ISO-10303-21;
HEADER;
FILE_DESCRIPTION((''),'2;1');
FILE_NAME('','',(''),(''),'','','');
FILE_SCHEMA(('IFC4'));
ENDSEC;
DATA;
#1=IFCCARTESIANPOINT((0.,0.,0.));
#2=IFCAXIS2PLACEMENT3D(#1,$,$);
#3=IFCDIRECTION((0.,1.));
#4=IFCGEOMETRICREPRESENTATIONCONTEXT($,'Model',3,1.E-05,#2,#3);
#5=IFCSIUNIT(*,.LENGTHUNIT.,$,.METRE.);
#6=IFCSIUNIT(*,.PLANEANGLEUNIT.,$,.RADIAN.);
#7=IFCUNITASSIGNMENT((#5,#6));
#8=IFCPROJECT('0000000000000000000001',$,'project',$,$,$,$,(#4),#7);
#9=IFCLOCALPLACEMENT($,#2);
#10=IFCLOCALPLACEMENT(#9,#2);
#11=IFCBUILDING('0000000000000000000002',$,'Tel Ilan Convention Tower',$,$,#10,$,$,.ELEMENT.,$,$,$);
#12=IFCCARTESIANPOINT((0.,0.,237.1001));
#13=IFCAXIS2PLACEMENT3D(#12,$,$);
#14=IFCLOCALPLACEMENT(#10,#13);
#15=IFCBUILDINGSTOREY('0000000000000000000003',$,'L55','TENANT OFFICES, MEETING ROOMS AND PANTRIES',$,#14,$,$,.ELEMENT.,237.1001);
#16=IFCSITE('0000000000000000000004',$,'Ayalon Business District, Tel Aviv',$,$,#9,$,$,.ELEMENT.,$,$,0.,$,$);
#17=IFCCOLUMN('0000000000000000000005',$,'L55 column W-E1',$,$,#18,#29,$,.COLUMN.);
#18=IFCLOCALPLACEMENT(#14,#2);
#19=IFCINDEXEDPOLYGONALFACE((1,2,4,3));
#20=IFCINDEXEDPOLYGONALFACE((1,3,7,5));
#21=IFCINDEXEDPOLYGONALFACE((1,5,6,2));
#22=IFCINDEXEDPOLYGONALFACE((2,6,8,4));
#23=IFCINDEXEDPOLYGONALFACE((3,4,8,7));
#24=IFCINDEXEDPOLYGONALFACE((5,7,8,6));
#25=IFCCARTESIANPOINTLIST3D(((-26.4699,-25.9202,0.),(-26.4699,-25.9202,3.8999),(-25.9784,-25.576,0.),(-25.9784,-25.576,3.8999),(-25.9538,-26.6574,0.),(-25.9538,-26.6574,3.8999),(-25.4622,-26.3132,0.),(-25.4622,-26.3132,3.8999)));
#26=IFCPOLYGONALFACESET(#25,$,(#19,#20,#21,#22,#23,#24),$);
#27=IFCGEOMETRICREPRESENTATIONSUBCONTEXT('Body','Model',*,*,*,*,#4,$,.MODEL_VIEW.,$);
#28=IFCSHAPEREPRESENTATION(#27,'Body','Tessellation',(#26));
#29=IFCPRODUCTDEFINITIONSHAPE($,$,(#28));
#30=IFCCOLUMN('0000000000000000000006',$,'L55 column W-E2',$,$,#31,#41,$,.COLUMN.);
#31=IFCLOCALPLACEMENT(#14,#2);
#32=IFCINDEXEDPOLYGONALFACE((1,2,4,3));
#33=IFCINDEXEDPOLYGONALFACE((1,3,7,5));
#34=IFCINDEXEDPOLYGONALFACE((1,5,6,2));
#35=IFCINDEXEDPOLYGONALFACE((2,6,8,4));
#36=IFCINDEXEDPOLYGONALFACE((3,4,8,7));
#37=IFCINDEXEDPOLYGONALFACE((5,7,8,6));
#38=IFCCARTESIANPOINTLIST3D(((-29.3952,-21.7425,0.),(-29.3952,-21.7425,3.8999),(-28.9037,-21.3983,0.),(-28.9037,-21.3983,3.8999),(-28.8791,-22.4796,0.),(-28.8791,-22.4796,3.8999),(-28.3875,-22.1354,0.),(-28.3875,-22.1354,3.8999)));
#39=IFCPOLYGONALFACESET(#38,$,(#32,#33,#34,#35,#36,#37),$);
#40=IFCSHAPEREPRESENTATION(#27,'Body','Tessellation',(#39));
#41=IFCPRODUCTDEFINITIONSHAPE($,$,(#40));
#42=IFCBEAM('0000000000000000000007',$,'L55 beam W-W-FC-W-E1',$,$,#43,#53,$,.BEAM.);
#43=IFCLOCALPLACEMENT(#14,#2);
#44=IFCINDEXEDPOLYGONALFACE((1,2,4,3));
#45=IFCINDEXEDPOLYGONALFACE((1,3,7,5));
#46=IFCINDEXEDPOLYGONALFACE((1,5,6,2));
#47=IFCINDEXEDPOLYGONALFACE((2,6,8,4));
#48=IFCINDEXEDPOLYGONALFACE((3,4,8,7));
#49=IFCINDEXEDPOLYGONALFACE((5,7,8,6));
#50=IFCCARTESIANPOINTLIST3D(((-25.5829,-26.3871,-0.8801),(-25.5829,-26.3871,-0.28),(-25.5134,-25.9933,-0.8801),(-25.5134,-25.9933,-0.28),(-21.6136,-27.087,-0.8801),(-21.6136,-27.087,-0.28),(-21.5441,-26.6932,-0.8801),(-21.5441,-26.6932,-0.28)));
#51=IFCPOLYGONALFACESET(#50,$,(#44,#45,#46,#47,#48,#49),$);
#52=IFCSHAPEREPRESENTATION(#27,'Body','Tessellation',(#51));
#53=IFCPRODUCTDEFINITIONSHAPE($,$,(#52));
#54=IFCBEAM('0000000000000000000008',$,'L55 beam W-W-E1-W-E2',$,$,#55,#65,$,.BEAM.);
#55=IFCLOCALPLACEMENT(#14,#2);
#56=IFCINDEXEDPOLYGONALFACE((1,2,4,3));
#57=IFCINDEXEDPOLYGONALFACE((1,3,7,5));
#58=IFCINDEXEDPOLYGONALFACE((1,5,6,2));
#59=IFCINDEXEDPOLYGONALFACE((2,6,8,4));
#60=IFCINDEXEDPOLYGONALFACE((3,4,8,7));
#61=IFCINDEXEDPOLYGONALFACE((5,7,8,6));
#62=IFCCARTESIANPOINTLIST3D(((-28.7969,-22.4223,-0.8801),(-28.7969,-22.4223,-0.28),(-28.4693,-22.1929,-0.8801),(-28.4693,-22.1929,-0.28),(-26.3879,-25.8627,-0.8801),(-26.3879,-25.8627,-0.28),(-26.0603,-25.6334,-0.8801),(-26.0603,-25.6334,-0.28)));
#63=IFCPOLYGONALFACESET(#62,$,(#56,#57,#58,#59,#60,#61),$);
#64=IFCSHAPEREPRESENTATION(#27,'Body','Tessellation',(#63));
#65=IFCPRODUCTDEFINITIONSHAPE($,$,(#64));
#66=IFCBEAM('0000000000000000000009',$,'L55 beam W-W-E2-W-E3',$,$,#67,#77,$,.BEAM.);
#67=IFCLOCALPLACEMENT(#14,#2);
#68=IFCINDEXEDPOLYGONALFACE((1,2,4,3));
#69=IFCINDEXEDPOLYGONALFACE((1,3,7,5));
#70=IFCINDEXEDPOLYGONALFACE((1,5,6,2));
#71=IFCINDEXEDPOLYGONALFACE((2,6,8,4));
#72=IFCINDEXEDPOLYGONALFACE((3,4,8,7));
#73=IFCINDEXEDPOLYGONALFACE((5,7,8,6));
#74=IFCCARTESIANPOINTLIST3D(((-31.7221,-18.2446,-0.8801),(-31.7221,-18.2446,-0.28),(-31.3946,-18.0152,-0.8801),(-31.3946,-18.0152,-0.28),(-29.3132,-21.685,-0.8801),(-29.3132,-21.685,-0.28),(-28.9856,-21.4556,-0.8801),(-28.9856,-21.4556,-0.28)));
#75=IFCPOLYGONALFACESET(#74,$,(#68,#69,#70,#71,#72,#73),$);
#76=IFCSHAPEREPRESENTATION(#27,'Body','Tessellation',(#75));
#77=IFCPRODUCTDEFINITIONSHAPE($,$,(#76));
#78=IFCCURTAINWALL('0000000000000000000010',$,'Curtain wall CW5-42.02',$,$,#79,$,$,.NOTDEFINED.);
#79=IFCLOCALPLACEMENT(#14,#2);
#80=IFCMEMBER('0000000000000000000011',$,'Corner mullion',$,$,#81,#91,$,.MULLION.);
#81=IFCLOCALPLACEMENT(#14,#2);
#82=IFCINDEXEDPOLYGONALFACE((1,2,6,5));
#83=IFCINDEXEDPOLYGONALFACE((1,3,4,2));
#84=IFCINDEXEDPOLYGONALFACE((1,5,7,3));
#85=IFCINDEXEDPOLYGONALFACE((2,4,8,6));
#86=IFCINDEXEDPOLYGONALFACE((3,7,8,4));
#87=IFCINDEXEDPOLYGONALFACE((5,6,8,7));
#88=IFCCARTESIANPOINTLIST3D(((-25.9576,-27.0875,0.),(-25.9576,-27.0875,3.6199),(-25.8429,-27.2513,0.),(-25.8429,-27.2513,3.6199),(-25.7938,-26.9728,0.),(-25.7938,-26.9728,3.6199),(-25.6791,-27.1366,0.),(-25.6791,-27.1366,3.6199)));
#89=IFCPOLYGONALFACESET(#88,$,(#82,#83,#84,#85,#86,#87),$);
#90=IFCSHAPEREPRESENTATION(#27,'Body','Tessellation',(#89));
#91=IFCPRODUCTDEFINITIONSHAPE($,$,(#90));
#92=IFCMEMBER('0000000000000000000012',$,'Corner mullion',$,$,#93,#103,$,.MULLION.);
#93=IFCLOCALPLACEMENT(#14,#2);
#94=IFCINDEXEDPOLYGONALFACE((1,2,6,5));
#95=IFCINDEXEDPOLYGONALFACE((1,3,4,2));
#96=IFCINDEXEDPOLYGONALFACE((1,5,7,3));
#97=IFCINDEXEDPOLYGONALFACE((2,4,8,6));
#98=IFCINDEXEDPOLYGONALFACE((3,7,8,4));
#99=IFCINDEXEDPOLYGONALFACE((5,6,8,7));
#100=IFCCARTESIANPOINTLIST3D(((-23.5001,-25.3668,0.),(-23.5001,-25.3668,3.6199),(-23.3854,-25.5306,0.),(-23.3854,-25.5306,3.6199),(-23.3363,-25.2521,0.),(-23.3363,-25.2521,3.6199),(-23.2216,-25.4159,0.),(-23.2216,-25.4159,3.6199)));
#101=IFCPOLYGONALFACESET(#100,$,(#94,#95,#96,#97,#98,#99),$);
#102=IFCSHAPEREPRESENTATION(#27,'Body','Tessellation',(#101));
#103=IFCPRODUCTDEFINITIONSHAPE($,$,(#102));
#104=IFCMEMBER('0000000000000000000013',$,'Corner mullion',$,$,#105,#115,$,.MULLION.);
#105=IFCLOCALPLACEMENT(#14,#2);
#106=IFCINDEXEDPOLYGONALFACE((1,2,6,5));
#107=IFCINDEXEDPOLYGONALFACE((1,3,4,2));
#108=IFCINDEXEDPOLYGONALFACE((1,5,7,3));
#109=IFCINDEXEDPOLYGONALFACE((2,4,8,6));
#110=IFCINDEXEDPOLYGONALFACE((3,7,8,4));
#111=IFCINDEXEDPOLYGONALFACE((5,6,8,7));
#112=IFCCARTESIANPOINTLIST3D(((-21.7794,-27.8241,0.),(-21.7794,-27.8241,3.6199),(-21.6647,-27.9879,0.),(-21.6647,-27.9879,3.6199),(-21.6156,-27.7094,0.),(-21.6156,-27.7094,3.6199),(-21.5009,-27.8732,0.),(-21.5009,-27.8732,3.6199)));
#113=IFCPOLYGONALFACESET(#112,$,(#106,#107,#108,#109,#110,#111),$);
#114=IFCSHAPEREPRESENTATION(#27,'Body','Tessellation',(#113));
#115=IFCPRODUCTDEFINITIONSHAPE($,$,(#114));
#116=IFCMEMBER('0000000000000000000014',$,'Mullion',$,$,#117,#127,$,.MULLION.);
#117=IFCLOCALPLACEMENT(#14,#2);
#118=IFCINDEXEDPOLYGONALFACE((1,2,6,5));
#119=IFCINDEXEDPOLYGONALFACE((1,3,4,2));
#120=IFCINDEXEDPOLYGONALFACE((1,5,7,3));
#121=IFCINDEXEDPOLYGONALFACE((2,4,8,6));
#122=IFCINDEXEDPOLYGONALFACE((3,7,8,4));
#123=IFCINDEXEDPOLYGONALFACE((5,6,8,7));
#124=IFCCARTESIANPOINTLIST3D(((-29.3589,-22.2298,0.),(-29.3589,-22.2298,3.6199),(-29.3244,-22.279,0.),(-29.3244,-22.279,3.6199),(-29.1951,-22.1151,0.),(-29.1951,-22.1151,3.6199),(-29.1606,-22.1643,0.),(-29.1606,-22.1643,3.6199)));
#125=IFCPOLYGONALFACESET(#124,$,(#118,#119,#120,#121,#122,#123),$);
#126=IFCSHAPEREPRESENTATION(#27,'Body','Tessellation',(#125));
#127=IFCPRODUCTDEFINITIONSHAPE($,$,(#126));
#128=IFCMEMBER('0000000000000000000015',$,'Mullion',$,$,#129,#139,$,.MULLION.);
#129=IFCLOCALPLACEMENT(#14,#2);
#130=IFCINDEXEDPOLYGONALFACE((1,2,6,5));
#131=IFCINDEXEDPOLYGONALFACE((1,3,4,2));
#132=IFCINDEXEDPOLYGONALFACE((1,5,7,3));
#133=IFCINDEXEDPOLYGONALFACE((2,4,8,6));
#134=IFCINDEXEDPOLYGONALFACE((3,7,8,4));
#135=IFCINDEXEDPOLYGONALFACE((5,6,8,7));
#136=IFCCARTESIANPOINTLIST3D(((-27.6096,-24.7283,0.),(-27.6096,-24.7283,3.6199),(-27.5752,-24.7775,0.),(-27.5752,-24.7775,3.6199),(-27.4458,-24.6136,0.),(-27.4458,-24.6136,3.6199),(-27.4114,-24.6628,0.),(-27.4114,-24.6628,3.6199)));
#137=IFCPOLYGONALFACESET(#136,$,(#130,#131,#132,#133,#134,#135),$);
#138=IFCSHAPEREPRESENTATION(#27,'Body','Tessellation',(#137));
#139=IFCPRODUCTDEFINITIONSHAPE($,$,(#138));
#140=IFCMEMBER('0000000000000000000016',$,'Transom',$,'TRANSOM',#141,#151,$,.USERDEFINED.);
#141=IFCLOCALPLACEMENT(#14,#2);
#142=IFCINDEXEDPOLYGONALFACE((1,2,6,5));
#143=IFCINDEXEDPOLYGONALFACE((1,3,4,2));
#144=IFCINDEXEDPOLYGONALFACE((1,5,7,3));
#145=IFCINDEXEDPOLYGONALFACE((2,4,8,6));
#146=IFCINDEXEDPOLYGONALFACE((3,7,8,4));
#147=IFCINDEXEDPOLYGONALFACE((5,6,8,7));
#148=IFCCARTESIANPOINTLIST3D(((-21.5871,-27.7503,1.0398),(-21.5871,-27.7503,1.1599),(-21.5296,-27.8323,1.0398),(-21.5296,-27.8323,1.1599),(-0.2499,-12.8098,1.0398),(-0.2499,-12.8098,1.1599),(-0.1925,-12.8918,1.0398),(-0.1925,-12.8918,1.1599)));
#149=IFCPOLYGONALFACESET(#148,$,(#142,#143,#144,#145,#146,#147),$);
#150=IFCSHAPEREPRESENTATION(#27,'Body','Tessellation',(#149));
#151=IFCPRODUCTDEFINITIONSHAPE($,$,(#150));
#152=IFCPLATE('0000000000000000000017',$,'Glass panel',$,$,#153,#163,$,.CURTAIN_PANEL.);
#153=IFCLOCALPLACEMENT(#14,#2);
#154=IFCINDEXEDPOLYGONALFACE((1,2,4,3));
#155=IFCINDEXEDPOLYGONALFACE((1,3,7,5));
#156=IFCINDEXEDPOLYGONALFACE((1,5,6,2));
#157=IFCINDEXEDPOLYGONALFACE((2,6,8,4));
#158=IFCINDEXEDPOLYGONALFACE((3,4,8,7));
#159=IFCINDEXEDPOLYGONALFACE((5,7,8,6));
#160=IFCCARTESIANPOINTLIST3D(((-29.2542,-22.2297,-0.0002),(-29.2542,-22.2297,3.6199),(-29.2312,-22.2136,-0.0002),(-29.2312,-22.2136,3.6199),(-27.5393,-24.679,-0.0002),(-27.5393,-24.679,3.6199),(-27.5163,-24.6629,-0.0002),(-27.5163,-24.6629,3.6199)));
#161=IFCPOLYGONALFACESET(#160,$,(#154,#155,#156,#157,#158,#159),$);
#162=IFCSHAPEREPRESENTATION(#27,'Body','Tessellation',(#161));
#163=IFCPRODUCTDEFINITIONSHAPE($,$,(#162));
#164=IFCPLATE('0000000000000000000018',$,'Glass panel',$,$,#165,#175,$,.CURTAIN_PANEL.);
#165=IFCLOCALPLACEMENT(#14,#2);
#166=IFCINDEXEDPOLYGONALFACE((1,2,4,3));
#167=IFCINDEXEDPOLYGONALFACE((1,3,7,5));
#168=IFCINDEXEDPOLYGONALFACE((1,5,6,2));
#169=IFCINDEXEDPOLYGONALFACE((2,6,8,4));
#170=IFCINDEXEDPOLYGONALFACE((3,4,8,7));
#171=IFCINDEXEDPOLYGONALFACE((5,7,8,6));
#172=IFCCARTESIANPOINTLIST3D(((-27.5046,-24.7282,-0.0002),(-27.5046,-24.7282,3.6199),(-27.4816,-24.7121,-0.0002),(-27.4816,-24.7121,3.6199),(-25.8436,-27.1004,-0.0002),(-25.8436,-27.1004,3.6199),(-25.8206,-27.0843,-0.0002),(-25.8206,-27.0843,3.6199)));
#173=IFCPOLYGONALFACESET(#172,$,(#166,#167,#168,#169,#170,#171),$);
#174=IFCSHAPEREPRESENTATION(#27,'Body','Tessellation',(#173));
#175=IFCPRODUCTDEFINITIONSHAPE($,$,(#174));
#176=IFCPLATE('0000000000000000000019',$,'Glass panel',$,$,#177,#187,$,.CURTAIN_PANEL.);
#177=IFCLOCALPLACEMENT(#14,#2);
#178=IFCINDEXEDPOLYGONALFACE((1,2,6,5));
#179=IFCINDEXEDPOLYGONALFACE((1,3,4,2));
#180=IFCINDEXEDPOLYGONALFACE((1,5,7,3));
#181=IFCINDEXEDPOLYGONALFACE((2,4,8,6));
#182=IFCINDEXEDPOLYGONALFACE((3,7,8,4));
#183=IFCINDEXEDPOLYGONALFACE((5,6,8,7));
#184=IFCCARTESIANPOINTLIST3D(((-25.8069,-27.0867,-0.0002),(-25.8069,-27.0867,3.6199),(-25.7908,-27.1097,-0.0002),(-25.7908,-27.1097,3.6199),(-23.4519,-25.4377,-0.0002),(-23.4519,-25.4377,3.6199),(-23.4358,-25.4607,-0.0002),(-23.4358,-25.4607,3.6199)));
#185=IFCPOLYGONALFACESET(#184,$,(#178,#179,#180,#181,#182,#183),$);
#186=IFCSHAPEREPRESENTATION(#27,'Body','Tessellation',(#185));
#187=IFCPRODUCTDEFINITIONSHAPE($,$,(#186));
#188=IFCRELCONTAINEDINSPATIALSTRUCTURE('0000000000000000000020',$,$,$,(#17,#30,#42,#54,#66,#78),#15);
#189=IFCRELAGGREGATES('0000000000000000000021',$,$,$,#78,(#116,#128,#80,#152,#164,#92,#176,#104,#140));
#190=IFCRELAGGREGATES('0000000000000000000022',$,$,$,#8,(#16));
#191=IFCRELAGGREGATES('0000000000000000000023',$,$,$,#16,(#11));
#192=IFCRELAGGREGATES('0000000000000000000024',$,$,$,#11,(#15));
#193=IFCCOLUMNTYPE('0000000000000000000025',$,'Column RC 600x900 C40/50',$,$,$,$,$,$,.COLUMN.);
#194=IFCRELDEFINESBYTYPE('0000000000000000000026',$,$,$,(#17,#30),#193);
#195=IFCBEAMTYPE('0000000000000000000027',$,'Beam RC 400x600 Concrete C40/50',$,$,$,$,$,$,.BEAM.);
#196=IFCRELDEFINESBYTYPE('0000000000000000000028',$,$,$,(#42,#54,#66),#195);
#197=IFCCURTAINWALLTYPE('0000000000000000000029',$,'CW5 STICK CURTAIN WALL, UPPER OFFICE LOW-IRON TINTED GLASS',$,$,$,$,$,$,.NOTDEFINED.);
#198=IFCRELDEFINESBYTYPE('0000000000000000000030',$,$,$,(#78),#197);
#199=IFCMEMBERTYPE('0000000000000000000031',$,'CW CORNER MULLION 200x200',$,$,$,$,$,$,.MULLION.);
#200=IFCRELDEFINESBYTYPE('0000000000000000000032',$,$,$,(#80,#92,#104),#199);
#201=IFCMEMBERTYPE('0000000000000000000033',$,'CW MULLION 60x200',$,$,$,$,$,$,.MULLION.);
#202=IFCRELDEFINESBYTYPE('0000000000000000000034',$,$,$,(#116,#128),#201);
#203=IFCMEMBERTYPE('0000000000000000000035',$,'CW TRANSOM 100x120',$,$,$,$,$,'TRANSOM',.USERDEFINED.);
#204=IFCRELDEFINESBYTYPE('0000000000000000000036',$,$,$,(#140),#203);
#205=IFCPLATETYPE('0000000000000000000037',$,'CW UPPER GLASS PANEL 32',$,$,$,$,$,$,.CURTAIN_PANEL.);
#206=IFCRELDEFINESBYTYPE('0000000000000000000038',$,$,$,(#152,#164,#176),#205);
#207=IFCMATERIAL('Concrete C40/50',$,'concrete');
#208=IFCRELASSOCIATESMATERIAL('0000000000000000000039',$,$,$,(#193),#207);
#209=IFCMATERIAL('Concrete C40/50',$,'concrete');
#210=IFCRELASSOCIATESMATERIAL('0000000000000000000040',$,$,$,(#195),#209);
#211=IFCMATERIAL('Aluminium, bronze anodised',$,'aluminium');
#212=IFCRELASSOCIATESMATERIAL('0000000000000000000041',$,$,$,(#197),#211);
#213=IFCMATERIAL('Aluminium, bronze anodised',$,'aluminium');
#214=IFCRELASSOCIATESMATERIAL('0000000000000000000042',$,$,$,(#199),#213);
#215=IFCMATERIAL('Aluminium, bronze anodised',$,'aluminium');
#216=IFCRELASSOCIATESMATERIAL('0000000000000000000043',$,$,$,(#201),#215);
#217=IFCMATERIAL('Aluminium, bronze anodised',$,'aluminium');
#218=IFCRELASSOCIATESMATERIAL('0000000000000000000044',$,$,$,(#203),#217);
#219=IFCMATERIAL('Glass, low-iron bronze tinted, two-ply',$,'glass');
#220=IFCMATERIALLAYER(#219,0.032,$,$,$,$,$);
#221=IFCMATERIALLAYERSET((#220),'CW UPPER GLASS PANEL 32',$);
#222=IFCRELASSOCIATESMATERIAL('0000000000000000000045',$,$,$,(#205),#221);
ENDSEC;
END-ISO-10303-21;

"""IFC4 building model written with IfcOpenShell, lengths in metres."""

from ifc_helpers import new_model, si_unit, direction, frame, origin, origin_2d, place, context, subcontext, project, spatial, rectangle, extrude, material, layer, layer_set, material_profile, profile_set, type_object, element, aggregate, save


model = new_model("IFC4")

# Units and contexts
model_context = context("Model", 3, precision=1e-05, world=origin(), true_north=direction((0.0, 1.0)))
body_context = subcontext(model_context, "Body", "Model", "MODEL_VIEW")
ifc_project = project(units=[si_unit("LENGTHUNIT", "METRE"), si_unit("PLANEANGLEUNIT", "RADIAN")], contexts=[model_context])

# Site, building, storey
site_placement = place(None, origin())
site = spatial("IfcSite", under=ifc_project, at=site_placement, Name="Ayalon Business District, Tel Aviv", CompositionType="ELEMENT", RefElevation=0.0)
building_placement = place(site_placement, origin())
building = spatial("IfcBuilding", under=site, at=building_placement, Name="Tel Ilan Convention Tower", CompositionType="ELEMENT")
storey_placement = place(building_placement, frame((0.0, 0.0, 237.1001)))
storey = spatial("IfcBuildingStorey", under=building, at=storey_placement, Name="L55", Description="TENANT OFFICES, MEETING ROOMS AND PANTRIES", CompositionType="ELEMENT", Elevation=237.1001)

# Columns
ifc_material_1 = material(Name="Concrete C40/50", Category="concrete")
ifc_material_profile_1 = material_profile(ifc_material_1, rectangle(XDim=0.8999, YDim=0.6001, at=origin_2d()), Name="RC 600x900")
ifc_profile_set_1 = profile_set([ifc_material_profile_1], Name="Concrete C40/50")
column_type = type_object("IfcColumnType", Name="Column RC 600x900 C40/50", PredefinedType="COLUMN", material=ifc_profile_set_1)
for number, where, z_axis, x_axis, name in (
    (1, (-25.9661, -26.1167, 0.0), (0.0, 0.0, 1.0), (-0.573576, 0.819152, 0.0), "L55 column W-E1"),
    (2, (-28.8914, -21.939, 0.0), (0.0, 0.0, 1.0), (-0.573576, 0.819152, 0.0), "L55 column W-E2"),
):
    element("IfcColumn", number, at=place(storey_placement, frame(where, z_axis=z_axis, x_axis=x_axis)), inside=storey, type_object=column_type, Name=name, PredefinedType="COLUMN", context=body_context, shape_type="SweptSolid", body=[
        extrude(rectangle(XDim=0.8999, YDim=0.6001, at=origin_2d()), origin(), (0.0, 0.0, 1.0), 3.8999),
    ])

# Beams
ifc_material_2 = material(Name="Concrete C40/50", Category="concrete")
ifc_material_profile_2 = material_profile(ifc_material_2, rectangle(XDim=0.3999, YDim=0.6001, at=origin_2d()), Name="RC 400x600")
ifc_profile_set_2 = profile_set([ifc_material_profile_2], Name="Concrete C40/50")
beam_type = type_object("IfcBeamType", Name="Beam RC 400x600 Concrete C40/50", PredefinedType="BEAM", material=ifc_profile_set_2)
beam_placement = place(storey_placement, frame((-21.5789, -26.8901, -0.5801), z_axis=(-0.984805, 0.173664, 0.0), x_axis=(-0.173664, -0.984805, 0.0)))
element("IfcBeam", 3, at=beam_placement, inside=storey, type_object=beam_type, Name="L55 beam W-W-FC-W-E1", PredefinedType="BEAM", context=body_context, shape_type="SweptSolid", body=[
    extrude(rectangle(XDim=0.3999, YDim=0.6001, at=origin_2d()), origin(), (0.0, 0.0, 1.0), 4.0305),
])
for number, where, z_axis, x_axis, name in (
    (4, (-26.2241, -25.748, -0.5801), (-0.573564, 0.819161, 0.0), (-0.819161, -0.573564, 0.0), "L55 beam W-W-E1-W-E2"),
    (5, (-29.1494, -21.5703, -0.5801), (-0.573564, 0.819161, 0.0), (-0.819161, -0.573564, 0.0), "L55 beam W-W-E2-W-E3"),
):
    element("IfcBeam", number, at=place(storey_placement, frame(where, z_axis=z_axis, x_axis=x_axis)), inside=storey, type_object=beam_type, Name=name, PredefinedType="BEAM", context=body_context, shape_type="SweptSolid", body=[
        extrude(rectangle(XDim=0.3999, YDim=0.6001, at=origin_2d()), origin(), (0.0, 0.0, 1.0), 4.2),
    ])

# Curtain wall, members, plates
ifc_material_3 = material(Name="Aluminium, bronze anodised", Category="aluminium")
curtain_wall_type = type_object("IfcCurtainWallType", Name="CW5 STICK CURTAIN WALL, UPPER OFFICE LOW-IRON TINTED GLASS", PredefinedType="NOTDEFINED", material=ifc_material_3)
curtain_wall_placement = place(storey_placement, origin())
curtain_wall = element("IfcCurtainWall", 6, at=curtain_wall_placement, inside=storey, type_object=curtain_wall_type, Name="Curtain wall CW5-42.02", PredefinedType="NOTDEFINED")
ifc_material_4 = material(Name="Aluminium, bronze anodised", Category="aluminium")
ifc_material_profile_3 = material_profile(ifc_material_4, rectangle(XDim=0.2, YDim=0.2, at=origin_2d()), Name="CW CORNER MULLION 200x200")
ifc_profile_set_3 = profile_set([ifc_material_profile_3], Name="Aluminium, bronze anodised")
member_type_1 = type_object("IfcMemberType", Name="CW CORNER MULLION 200x200", PredefinedType="MULLION", material=ifc_profile_set_3)
member_1_placement = place(storey_placement, frame((-25.8184, -27.1121, 0.0), z_axis=(0.0, 0.0, 1.0), x_axis=(0.573576, -0.819152, 0.0)))
member_1 = element("IfcMember", 7, at=member_1_placement, type_object=member_type_1, Name="Corner mullion", PredefinedType="MULLION", context=body_context, shape_type="SweptSolid", body=[
    extrude(rectangle(XDim=0.2, YDim=0.2, at=origin_2d()), origin(), (0.0, 0.0, 1.0), 3.6199),
])
member_2_placement = place(storey_placement, frame((-23.3608, -25.3914, 0.0), z_axis=(0.0, 0.0, 1.0), x_axis=(0.819152, 0.573576, 0.0)))
member_2 = element("IfcMember", 8, at=member_2_placement, type_object=member_type_1, Name="Corner mullion", PredefinedType="MULLION", context=body_context, shape_type="SweptSolid", body=[
    extrude(rectangle(XDim=0.2, YDim=0.2, at=origin_2d()), origin(), (0.0, 0.0, 1.0), 3.6199),
])
member_3_placement = place(storey_placement, frame((-21.6401, -27.8486, 0.0), z_axis=(0.0, 0.0, 1.0), x_axis=(0.573576, -0.819152, 0.0)))
member_3 = element("IfcMember", 9, at=member_3_placement, type_object=member_type_1, Name="Corner mullion", PredefinedType="MULLION", context=body_context, shape_type="SweptSolid", body=[
    extrude(rectangle(XDim=0.2, YDim=0.2, at=origin_2d()), origin(), (0.0, 0.0, 1.0), 3.6199),
])
ifc_material_5 = material(Name="Aluminium, bronze anodised", Category="aluminium")
ifc_material_profile_4 = material_profile(ifc_material_5, rectangle(XDim=0.0601, YDim=0.2, at=origin_2d()), Name="CW MULLION 60x200")
ifc_profile_set_4 = profile_set([ifc_material_profile_4], Name="Aluminium, bronze anodised")
member_type_2 = type_object("IfcMemberType", Name="CW MULLION 60x200", PredefinedType="MULLION", material=ifc_profile_set_4)
member_4_placement = place(storey_placement, frame((-29.2598, -22.197, 0.0), z_axis=(0.0, 0.0, 1.0), x_axis=(0.573576, -0.819152, 0.0)))
member_4 = element("IfcMember", 10, at=member_4_placement, type_object=member_type_2, Name="Mullion", PredefinedType="MULLION", context=body_context, shape_type="SweptSolid", body=[
    extrude(rectangle(XDim=0.0601, YDim=0.2, at=origin_2d()), origin(), (0.0, 0.0, 1.0), 3.6199),
])
member_5_placement = place(storey_placement, frame((-27.5105, -24.6956, 0.0), z_axis=(0.0, 0.0, 1.0), x_axis=(0.573576, -0.819152, 0.0)))
member_5 = element("IfcMember", 11, at=member_5_placement, type_object=member_type_2, Name="Mullion", PredefinedType="MULLION", context=body_context, shape_type="SweptSolid", body=[
    extrude(rectangle(XDim=0.0601, YDim=0.2, at=origin_2d()), origin(), (0.0, 0.0, 1.0), 3.6199),
])
ifc_material_6 = material(Name="Aluminium, bronze anodised", Category="aluminium")
ifc_material_profile_5 = material_profile(ifc_material_6, rectangle(XDim=0.1001, YDim=0.1201, at=origin_2d()), Name="CW TRANSOM 100x120")
ifc_profile_set_5 = profile_set([ifc_material_profile_5], Name="Aluminium, bronze anodised")
member_type_3 = type_object("IfcMemberType", Name="CW TRANSOM 100x120", ElementType="TRANSOM", PredefinedType="USERDEFINED", material=ifc_profile_set_5)
member_6_placement = place(storey_placement, frame((-21.5583, -27.7913, 1.0999), z_axis=(0.819152, 0.573576, 0.0), x_axis=(-0.573576, 0.819152, 0.0)))
member_6 = element("IfcMember", 12, at=member_6_placement, type_object=member_type_3, Name="Transom", ObjectType="TRANSOM", PredefinedType="USERDEFINED", context=body_context, shape_type="SweptSolid", body=[
    extrude(rectangle(XDim=0.1001, YDim=0.1201, at=origin_2d()), origin(), (0.0, 0.0, 1.0), 26.0479),
])
ifc_material_7 = material(Name="Glass, low-iron bronze tinted, two-ply", Category="glass")
ifc_layer_1 = layer(ifc_material_7, 0.032)
ifc_layer_set_1 = layer_set([ifc_layer_1], Name="CW UPPER GLASS PANEL 32")
plate_type = type_object("IfcPlateType", Name="CW UPPER GLASS PANEL 32", PredefinedType="CURTAIN_PANEL", material=ifc_layer_set_1)
plate_1_placement = place(storey_placement, frame((-28.3853, -23.4463, -0.0002), z_axis=(0.0, 0.0, 1.0), x_axis=(0.573576, -0.819152, 0.0)))
plate_1 = element("IfcPlate", 13, at=plate_1_placement, type_object=plate_type, Name="Glass panel", PredefinedType="CURTAIN_PANEL", context=body_context, shape_type="SweptSolid", body=[
    extrude(rectangle(XDim=2.99, YDim=0.0281, at=origin_2d()), origin(), (0.0, 0.0, 1.0), 3.6201),
])
plate_2_placement = place(storey_placement, frame((-26.6626, -25.9062, -0.0002), z_axis=(0.0, 0.0, 1.0), x_axis=(0.573576, -0.819152, 0.0)))
plate_2 = element("IfcPlate", 14, at=plate_2_placement, type_object=plate_type, Name="Glass panel", PredefinedType="CURTAIN_PANEL", context=body_context, shape_type="SweptSolid", body=[
    extrude(rectangle(XDim=2.896, YDim=0.0281, at=origin_2d()), origin(), (0.0, 0.0, 1.0), 3.6201),
])
plate_3_placement = place(storey_placement, frame((-24.6213, -26.2737, -0.0002), z_axis=(0.0, 0.0, 1.0), x_axis=(0.819152, 0.573576, 0.0)))
plate_3 = element("IfcPlate", 15, at=plate_3_placement, type_object=plate_type, Name="Glass panel", PredefinedType="CURTAIN_PANEL", context=body_context, shape_type="SweptSolid", body=[
    extrude(rectangle(XDim=2.875, YDim=0.0281, at=origin_2d()), origin(), (0.0, 0.0, 1.0), 3.6201),
])
aggregate(curtain_wall, [member_4, member_5, member_1, plate_1, plate_2, member_2, plate_3, member_3, member_6])

save(model, "model.ifc")
